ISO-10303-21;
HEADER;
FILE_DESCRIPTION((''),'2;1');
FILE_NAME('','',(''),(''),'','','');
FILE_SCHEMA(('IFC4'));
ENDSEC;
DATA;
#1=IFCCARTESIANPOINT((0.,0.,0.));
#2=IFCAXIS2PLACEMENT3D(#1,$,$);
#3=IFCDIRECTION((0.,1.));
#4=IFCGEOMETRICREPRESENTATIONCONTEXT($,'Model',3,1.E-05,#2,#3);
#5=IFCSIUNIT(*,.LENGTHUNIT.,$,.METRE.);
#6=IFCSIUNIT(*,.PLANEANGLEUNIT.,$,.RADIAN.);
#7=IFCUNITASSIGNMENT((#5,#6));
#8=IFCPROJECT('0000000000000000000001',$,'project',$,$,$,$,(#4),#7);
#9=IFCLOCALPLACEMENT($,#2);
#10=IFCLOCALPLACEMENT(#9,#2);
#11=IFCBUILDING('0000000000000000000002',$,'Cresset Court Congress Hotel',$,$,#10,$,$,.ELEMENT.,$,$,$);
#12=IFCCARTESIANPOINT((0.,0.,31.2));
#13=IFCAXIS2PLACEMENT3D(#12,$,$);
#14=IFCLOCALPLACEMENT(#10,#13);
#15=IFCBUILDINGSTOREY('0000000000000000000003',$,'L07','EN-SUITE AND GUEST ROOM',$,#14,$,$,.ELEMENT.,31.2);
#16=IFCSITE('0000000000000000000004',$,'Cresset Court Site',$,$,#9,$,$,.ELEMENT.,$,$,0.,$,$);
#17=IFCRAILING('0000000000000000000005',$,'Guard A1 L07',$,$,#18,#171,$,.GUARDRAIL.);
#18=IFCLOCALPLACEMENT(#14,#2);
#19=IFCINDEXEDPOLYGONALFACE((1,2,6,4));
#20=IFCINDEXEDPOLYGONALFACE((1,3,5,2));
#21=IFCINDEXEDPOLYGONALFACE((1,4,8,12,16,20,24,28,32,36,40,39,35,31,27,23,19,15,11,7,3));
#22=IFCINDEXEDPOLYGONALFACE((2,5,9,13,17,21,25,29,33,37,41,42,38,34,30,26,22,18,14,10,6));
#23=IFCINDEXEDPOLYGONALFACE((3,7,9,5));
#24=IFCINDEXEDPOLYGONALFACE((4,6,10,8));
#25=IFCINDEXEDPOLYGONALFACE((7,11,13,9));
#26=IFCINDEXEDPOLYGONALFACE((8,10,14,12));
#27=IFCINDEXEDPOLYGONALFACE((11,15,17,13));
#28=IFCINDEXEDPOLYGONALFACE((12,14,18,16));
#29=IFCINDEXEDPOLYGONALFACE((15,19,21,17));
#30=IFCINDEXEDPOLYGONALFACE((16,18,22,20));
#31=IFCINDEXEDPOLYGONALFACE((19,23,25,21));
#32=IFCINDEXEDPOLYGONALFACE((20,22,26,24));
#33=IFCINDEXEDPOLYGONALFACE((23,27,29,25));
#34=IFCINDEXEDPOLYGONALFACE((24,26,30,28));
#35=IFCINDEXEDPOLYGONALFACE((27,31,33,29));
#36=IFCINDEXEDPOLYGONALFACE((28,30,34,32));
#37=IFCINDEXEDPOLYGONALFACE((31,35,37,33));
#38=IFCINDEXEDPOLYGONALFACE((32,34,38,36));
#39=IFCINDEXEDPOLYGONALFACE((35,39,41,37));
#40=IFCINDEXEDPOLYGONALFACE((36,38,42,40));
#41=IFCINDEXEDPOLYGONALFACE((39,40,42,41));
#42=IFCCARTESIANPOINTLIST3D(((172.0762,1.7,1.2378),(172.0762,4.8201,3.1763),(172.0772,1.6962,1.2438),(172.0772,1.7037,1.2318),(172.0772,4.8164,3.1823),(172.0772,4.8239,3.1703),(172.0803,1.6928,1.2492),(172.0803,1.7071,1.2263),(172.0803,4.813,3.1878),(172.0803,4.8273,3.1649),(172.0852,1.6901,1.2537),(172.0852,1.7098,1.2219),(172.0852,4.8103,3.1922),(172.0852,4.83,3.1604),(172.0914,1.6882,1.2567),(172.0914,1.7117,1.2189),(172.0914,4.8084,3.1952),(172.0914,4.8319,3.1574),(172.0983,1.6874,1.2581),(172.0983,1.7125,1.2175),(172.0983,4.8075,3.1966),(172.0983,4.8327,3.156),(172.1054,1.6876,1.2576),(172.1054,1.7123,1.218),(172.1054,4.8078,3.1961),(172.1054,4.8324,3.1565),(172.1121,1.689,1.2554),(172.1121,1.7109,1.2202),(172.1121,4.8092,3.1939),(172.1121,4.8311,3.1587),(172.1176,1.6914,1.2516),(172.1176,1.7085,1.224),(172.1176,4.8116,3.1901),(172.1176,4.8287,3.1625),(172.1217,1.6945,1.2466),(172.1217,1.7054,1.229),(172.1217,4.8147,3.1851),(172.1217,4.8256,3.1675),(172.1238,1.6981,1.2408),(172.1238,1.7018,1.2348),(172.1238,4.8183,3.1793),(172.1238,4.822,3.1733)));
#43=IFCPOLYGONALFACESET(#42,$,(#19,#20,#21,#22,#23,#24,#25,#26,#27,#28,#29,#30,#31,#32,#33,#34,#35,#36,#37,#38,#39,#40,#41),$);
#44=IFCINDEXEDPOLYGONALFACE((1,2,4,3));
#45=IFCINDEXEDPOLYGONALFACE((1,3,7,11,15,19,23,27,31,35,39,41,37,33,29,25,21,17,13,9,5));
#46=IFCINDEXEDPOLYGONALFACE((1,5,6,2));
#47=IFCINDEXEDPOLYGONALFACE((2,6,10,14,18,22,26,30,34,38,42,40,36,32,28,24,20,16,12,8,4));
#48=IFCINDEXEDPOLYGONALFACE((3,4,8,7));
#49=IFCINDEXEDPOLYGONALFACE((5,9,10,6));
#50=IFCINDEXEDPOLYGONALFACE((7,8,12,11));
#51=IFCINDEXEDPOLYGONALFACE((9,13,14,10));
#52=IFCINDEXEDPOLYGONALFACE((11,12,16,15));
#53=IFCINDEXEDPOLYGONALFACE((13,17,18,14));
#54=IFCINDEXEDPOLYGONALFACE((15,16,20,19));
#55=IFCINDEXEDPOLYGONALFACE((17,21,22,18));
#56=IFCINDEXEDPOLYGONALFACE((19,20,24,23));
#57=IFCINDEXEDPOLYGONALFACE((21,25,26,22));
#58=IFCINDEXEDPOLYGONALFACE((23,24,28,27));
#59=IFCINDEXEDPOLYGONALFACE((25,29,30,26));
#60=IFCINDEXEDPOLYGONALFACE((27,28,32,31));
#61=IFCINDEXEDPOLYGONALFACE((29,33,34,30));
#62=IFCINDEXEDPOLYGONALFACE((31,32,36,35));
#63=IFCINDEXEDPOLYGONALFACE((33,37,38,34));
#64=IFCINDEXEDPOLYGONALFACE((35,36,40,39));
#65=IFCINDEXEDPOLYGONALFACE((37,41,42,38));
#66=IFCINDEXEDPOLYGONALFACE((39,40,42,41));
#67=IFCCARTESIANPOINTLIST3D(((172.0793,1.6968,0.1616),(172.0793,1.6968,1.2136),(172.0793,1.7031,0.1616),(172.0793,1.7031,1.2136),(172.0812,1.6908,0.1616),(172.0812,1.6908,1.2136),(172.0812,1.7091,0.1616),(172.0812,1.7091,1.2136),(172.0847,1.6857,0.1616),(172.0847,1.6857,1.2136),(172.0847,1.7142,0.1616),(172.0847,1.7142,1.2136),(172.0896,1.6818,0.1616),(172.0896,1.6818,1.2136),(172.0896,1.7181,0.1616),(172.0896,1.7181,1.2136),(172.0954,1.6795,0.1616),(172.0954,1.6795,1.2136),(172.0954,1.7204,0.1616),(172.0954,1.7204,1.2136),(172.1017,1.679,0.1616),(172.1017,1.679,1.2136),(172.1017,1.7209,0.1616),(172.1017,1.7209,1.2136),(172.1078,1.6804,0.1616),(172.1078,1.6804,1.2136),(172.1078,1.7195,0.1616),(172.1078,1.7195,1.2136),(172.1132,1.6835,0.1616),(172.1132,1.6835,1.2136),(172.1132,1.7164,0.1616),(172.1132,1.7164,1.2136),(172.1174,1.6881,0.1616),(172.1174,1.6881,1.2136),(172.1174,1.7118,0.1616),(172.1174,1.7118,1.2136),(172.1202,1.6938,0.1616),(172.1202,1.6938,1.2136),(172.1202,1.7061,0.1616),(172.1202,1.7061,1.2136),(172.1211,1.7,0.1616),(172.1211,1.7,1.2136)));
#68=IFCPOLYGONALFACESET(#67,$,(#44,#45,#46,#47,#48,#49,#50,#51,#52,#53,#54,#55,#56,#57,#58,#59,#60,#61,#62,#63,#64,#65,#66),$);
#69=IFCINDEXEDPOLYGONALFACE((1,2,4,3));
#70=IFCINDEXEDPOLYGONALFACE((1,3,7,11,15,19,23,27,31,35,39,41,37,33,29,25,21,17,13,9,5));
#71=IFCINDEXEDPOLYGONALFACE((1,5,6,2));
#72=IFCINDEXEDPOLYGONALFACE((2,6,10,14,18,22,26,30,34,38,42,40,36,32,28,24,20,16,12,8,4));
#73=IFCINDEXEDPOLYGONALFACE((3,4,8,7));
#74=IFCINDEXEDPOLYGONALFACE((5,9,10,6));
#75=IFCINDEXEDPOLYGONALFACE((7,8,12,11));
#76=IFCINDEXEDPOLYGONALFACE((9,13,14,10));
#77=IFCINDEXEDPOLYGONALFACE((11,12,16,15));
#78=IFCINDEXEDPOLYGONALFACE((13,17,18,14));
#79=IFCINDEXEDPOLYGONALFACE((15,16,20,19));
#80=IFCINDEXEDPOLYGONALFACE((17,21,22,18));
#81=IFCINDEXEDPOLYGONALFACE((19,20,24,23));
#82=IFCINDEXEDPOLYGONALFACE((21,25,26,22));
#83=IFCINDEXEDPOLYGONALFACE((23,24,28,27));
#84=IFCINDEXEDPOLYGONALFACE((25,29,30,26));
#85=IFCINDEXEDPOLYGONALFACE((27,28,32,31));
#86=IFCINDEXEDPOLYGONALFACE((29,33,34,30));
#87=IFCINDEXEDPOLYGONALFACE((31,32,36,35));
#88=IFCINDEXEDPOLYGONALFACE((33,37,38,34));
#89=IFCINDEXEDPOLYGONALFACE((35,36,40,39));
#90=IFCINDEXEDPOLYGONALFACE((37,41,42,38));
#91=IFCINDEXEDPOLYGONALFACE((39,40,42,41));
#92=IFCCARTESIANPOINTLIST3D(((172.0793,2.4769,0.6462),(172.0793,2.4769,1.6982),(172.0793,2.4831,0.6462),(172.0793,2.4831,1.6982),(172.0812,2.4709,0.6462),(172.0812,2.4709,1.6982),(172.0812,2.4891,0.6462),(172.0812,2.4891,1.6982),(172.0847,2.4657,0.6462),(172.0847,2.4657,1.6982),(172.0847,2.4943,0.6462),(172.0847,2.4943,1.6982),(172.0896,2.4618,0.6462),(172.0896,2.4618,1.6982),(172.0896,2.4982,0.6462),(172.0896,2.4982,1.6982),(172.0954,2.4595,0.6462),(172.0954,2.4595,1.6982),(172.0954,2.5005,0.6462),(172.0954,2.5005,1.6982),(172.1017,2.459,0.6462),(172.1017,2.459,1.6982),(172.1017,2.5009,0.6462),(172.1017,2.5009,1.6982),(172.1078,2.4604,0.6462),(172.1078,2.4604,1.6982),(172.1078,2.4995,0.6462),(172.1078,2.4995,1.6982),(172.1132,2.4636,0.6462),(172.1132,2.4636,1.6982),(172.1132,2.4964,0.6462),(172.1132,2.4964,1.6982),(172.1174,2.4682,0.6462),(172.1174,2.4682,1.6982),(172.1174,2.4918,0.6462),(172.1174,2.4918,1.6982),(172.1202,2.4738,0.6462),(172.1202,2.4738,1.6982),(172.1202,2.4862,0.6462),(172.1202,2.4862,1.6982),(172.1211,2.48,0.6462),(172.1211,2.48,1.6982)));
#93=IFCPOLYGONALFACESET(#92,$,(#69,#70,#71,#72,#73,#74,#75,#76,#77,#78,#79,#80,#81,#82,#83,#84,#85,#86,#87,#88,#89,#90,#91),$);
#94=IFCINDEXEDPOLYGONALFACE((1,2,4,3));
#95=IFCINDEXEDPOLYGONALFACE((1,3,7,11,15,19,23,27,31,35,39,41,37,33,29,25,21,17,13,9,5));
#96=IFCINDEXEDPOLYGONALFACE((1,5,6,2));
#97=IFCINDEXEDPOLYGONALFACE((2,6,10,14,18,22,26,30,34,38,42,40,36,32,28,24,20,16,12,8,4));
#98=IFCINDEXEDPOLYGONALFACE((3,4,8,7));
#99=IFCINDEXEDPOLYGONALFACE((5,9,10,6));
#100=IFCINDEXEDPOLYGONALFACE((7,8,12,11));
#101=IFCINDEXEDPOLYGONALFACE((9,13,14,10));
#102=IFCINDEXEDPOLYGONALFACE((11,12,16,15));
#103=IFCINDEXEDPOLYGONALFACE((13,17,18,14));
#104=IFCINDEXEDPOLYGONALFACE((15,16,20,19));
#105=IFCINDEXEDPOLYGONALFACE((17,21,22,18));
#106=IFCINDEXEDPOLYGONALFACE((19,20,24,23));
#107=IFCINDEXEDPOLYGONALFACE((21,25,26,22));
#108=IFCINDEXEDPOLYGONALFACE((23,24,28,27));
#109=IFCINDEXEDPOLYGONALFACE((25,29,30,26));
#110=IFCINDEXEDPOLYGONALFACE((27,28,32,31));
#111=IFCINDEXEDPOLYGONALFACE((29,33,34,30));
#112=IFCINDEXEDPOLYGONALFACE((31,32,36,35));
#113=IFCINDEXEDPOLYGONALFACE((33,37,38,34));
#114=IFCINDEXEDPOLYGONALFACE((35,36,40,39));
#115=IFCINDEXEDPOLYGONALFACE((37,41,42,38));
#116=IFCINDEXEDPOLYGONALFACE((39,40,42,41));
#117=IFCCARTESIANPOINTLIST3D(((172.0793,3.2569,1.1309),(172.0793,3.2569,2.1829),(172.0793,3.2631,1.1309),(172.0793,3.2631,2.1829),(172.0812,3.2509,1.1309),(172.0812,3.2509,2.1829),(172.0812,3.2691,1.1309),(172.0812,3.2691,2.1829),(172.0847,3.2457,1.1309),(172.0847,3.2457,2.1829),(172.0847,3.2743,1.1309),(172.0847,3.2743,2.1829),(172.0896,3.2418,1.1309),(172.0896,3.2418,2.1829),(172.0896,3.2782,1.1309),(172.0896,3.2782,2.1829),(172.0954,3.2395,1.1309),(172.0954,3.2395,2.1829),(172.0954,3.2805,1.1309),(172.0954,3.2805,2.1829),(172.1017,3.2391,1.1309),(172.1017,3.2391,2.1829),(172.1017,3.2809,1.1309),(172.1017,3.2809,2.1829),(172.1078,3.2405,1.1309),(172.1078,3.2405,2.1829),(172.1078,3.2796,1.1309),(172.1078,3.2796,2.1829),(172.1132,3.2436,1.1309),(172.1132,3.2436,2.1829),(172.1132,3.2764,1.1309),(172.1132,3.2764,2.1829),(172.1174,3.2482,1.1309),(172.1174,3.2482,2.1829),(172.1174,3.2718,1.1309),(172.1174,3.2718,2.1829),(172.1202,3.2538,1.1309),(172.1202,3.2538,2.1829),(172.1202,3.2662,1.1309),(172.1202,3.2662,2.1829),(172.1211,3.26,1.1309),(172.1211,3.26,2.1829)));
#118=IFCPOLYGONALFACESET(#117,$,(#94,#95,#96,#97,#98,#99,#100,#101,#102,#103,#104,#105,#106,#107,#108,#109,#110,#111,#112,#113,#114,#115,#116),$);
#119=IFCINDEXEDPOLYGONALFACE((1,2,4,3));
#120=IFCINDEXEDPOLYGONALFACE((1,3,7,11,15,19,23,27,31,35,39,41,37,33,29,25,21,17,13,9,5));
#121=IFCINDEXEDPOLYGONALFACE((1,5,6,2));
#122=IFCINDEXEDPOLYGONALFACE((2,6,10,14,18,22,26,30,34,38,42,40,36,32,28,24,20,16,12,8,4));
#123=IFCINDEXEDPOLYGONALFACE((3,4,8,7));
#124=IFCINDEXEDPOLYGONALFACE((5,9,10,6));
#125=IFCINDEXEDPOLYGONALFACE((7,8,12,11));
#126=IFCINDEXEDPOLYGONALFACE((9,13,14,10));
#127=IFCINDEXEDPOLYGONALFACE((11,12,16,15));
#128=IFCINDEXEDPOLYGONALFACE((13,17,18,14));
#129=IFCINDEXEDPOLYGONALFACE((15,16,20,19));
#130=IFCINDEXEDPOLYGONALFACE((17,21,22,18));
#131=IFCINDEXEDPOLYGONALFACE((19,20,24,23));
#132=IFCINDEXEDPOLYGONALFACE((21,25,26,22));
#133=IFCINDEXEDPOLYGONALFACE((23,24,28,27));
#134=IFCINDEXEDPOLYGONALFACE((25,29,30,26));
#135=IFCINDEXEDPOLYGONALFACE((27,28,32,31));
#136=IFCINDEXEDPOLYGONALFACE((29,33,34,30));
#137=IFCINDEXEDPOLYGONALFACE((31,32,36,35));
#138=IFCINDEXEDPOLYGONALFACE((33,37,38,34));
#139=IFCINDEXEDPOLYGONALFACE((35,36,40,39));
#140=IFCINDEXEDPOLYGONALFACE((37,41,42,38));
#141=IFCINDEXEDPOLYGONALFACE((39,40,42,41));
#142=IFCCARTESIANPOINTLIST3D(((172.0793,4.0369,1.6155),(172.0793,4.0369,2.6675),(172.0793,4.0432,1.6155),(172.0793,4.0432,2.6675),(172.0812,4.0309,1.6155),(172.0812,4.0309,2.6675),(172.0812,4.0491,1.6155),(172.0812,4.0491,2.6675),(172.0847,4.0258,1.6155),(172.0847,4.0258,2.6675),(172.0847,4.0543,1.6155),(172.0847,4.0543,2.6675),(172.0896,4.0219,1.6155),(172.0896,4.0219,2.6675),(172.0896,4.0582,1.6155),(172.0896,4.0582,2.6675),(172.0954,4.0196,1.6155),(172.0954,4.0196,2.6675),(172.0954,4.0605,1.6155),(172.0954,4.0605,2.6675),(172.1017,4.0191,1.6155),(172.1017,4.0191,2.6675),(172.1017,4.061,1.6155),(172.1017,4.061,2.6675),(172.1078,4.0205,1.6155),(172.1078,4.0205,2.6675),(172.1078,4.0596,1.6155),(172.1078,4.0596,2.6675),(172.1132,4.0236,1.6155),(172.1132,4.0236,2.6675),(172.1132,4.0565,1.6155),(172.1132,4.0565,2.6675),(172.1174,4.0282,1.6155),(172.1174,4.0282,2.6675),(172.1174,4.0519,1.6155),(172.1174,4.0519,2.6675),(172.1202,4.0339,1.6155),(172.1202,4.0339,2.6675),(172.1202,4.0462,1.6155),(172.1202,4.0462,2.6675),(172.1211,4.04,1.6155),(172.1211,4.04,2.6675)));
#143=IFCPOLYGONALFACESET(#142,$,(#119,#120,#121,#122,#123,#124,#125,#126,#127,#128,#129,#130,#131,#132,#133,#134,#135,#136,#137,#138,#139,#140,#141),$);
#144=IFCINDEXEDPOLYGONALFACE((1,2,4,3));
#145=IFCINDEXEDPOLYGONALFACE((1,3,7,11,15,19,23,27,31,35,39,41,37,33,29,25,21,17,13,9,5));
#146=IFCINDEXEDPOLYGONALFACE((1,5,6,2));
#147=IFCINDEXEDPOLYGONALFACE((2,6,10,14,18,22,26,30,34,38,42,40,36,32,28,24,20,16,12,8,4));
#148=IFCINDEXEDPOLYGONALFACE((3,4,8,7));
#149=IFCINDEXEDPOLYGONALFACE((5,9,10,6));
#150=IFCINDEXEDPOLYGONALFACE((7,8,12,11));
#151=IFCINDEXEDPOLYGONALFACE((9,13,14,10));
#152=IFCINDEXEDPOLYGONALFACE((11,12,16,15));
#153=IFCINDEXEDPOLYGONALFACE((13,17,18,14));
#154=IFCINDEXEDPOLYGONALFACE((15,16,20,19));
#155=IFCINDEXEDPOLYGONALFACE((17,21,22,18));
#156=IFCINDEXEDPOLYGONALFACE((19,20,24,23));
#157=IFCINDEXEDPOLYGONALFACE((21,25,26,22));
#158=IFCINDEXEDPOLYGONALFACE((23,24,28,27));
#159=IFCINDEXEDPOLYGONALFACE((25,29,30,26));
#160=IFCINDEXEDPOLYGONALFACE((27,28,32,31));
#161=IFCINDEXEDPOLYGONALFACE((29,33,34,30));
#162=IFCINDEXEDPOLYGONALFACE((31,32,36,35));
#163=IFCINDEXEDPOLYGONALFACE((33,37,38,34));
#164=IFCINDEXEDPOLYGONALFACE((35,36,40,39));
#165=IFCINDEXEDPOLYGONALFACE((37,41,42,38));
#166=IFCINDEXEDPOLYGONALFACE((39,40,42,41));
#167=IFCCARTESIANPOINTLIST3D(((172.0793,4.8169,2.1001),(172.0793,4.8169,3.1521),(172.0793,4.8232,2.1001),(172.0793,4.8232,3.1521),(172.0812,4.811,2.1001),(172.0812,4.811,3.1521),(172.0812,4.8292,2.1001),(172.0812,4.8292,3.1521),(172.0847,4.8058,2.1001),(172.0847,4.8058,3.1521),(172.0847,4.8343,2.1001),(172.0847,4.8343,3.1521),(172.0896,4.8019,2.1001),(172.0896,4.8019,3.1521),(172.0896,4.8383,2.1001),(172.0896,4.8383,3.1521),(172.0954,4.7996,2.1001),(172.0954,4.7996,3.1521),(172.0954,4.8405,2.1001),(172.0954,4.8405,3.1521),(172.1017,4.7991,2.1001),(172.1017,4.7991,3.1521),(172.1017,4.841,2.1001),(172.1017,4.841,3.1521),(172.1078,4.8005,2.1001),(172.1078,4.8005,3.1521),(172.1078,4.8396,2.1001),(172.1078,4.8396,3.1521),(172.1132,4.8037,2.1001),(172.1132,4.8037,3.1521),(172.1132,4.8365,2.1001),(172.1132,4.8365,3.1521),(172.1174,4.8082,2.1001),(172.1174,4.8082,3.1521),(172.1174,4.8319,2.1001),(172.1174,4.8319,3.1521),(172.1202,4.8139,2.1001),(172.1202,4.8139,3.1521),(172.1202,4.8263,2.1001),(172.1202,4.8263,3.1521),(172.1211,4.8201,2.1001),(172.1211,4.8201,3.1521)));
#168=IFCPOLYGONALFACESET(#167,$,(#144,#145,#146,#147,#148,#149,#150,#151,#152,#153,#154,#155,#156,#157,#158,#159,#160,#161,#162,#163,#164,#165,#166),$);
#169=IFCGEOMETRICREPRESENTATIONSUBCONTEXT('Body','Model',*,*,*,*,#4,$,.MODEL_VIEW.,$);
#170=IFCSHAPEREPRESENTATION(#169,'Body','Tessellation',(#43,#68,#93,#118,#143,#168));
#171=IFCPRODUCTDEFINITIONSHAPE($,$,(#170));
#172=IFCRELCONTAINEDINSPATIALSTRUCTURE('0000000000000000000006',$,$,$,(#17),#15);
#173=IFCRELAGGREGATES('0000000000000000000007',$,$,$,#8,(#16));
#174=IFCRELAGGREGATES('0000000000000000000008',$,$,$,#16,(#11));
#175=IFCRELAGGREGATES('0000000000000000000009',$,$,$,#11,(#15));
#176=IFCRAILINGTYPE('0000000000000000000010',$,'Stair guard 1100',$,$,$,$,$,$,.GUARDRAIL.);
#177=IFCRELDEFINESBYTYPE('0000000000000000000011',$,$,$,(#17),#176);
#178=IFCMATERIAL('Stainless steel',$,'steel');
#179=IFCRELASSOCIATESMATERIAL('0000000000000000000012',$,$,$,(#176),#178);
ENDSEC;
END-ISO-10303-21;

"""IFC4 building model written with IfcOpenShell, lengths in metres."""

from ifc_helpers import new_model, si_unit, direction, frame, origin, origin_2d, place, context, subcontext, project, spatial, circle, extrude, material, type_object, element, save


model = new_model("IFC4")

# Units and contexts
model_context = context("Model", 3, precision=1e-05, world=origin(), true_north=direction((0.0, 1.0)))
body_context = subcontext(model_context, "Body", "Model", "MODEL_VIEW")
ifc_project = project(units=[si_unit("LENGTHUNIT", "METRE"), si_unit("PLANEANGLEUNIT", "RADIAN")], contexts=[model_context])

# Site, building, storey
site_placement = place(None, origin())
site = spatial("IfcSite", under=ifc_project, at=site_placement, Name="Cresset Court Site", CompositionType="ELEMENT", RefElevation=0.0)
building_placement = place(site_placement, origin())
building = spatial("IfcBuilding", under=site, at=building_placement, Name="Cresset Court Congress Hotel", CompositionType="ELEMENT")
storey_placement = place(building_placement, frame((0.0, 0.0, 31.2)))
storey = spatial("IfcBuildingStorey", under=building, at=storey_placement, Name="L07", Description="EN-SUITE AND GUEST ROOM", CompositionType="ELEMENT", Elevation=31.2)

# Railing
ifc_material_1 = material(Name="Stainless steel", Category="steel")
railing_type_1 = type_object("IfcRailingType", Name="Stair guard 1100", PredefinedType="GUARDRAIL", material=ifc_material_1)
railing_1_placement = place(storey_placement, frame((172.1001, 1.7, 0.1616)))
element("IfcRailing", 1, at=railing_1_placement, inside=storey, type_object=railing_type_1, Name="Guard A1 L07", PredefinedType="GUARDRAIL", context=body_context, shape_type="SweptSolid", body=[
    extrude(circle(Radius=0.0239, at=origin_2d()), frame((0.0, 0.0, 1.0762), z_axis=(0.0, 0.849414, 0.527727), x_axis=(-1.0, 0.0, 0.0)), (0.0, 0.0, 1.0), 3.6733),
    extrude(circle(Radius=0.021, at=origin_2d()), origin(), (0.0, 0.0, 1.0), 1.052),
    extrude(circle(Radius=0.021, at=origin_2d()), frame((0.0, 0.78, 0.4846)), (0.0, 0.0, 1.0), 1.052),
    extrude(circle(Radius=0.021, at=origin_2d()), frame((0.0, 1.5601, 0.9692)), (0.0, 0.0, 1.0), 1.052),
    extrude(circle(Radius=0.021, at=origin_2d()), frame((0.0, 2.3401, 1.4539)), (0.0, 0.0, 1.0), 1.052),
    extrude(circle(Radius=0.021, at=origin_2d()), frame((0.0, 3.1201, 1.9385)), (0.0, 0.0, 1.0), 1.052),
])

save(model, "model.ifc")
